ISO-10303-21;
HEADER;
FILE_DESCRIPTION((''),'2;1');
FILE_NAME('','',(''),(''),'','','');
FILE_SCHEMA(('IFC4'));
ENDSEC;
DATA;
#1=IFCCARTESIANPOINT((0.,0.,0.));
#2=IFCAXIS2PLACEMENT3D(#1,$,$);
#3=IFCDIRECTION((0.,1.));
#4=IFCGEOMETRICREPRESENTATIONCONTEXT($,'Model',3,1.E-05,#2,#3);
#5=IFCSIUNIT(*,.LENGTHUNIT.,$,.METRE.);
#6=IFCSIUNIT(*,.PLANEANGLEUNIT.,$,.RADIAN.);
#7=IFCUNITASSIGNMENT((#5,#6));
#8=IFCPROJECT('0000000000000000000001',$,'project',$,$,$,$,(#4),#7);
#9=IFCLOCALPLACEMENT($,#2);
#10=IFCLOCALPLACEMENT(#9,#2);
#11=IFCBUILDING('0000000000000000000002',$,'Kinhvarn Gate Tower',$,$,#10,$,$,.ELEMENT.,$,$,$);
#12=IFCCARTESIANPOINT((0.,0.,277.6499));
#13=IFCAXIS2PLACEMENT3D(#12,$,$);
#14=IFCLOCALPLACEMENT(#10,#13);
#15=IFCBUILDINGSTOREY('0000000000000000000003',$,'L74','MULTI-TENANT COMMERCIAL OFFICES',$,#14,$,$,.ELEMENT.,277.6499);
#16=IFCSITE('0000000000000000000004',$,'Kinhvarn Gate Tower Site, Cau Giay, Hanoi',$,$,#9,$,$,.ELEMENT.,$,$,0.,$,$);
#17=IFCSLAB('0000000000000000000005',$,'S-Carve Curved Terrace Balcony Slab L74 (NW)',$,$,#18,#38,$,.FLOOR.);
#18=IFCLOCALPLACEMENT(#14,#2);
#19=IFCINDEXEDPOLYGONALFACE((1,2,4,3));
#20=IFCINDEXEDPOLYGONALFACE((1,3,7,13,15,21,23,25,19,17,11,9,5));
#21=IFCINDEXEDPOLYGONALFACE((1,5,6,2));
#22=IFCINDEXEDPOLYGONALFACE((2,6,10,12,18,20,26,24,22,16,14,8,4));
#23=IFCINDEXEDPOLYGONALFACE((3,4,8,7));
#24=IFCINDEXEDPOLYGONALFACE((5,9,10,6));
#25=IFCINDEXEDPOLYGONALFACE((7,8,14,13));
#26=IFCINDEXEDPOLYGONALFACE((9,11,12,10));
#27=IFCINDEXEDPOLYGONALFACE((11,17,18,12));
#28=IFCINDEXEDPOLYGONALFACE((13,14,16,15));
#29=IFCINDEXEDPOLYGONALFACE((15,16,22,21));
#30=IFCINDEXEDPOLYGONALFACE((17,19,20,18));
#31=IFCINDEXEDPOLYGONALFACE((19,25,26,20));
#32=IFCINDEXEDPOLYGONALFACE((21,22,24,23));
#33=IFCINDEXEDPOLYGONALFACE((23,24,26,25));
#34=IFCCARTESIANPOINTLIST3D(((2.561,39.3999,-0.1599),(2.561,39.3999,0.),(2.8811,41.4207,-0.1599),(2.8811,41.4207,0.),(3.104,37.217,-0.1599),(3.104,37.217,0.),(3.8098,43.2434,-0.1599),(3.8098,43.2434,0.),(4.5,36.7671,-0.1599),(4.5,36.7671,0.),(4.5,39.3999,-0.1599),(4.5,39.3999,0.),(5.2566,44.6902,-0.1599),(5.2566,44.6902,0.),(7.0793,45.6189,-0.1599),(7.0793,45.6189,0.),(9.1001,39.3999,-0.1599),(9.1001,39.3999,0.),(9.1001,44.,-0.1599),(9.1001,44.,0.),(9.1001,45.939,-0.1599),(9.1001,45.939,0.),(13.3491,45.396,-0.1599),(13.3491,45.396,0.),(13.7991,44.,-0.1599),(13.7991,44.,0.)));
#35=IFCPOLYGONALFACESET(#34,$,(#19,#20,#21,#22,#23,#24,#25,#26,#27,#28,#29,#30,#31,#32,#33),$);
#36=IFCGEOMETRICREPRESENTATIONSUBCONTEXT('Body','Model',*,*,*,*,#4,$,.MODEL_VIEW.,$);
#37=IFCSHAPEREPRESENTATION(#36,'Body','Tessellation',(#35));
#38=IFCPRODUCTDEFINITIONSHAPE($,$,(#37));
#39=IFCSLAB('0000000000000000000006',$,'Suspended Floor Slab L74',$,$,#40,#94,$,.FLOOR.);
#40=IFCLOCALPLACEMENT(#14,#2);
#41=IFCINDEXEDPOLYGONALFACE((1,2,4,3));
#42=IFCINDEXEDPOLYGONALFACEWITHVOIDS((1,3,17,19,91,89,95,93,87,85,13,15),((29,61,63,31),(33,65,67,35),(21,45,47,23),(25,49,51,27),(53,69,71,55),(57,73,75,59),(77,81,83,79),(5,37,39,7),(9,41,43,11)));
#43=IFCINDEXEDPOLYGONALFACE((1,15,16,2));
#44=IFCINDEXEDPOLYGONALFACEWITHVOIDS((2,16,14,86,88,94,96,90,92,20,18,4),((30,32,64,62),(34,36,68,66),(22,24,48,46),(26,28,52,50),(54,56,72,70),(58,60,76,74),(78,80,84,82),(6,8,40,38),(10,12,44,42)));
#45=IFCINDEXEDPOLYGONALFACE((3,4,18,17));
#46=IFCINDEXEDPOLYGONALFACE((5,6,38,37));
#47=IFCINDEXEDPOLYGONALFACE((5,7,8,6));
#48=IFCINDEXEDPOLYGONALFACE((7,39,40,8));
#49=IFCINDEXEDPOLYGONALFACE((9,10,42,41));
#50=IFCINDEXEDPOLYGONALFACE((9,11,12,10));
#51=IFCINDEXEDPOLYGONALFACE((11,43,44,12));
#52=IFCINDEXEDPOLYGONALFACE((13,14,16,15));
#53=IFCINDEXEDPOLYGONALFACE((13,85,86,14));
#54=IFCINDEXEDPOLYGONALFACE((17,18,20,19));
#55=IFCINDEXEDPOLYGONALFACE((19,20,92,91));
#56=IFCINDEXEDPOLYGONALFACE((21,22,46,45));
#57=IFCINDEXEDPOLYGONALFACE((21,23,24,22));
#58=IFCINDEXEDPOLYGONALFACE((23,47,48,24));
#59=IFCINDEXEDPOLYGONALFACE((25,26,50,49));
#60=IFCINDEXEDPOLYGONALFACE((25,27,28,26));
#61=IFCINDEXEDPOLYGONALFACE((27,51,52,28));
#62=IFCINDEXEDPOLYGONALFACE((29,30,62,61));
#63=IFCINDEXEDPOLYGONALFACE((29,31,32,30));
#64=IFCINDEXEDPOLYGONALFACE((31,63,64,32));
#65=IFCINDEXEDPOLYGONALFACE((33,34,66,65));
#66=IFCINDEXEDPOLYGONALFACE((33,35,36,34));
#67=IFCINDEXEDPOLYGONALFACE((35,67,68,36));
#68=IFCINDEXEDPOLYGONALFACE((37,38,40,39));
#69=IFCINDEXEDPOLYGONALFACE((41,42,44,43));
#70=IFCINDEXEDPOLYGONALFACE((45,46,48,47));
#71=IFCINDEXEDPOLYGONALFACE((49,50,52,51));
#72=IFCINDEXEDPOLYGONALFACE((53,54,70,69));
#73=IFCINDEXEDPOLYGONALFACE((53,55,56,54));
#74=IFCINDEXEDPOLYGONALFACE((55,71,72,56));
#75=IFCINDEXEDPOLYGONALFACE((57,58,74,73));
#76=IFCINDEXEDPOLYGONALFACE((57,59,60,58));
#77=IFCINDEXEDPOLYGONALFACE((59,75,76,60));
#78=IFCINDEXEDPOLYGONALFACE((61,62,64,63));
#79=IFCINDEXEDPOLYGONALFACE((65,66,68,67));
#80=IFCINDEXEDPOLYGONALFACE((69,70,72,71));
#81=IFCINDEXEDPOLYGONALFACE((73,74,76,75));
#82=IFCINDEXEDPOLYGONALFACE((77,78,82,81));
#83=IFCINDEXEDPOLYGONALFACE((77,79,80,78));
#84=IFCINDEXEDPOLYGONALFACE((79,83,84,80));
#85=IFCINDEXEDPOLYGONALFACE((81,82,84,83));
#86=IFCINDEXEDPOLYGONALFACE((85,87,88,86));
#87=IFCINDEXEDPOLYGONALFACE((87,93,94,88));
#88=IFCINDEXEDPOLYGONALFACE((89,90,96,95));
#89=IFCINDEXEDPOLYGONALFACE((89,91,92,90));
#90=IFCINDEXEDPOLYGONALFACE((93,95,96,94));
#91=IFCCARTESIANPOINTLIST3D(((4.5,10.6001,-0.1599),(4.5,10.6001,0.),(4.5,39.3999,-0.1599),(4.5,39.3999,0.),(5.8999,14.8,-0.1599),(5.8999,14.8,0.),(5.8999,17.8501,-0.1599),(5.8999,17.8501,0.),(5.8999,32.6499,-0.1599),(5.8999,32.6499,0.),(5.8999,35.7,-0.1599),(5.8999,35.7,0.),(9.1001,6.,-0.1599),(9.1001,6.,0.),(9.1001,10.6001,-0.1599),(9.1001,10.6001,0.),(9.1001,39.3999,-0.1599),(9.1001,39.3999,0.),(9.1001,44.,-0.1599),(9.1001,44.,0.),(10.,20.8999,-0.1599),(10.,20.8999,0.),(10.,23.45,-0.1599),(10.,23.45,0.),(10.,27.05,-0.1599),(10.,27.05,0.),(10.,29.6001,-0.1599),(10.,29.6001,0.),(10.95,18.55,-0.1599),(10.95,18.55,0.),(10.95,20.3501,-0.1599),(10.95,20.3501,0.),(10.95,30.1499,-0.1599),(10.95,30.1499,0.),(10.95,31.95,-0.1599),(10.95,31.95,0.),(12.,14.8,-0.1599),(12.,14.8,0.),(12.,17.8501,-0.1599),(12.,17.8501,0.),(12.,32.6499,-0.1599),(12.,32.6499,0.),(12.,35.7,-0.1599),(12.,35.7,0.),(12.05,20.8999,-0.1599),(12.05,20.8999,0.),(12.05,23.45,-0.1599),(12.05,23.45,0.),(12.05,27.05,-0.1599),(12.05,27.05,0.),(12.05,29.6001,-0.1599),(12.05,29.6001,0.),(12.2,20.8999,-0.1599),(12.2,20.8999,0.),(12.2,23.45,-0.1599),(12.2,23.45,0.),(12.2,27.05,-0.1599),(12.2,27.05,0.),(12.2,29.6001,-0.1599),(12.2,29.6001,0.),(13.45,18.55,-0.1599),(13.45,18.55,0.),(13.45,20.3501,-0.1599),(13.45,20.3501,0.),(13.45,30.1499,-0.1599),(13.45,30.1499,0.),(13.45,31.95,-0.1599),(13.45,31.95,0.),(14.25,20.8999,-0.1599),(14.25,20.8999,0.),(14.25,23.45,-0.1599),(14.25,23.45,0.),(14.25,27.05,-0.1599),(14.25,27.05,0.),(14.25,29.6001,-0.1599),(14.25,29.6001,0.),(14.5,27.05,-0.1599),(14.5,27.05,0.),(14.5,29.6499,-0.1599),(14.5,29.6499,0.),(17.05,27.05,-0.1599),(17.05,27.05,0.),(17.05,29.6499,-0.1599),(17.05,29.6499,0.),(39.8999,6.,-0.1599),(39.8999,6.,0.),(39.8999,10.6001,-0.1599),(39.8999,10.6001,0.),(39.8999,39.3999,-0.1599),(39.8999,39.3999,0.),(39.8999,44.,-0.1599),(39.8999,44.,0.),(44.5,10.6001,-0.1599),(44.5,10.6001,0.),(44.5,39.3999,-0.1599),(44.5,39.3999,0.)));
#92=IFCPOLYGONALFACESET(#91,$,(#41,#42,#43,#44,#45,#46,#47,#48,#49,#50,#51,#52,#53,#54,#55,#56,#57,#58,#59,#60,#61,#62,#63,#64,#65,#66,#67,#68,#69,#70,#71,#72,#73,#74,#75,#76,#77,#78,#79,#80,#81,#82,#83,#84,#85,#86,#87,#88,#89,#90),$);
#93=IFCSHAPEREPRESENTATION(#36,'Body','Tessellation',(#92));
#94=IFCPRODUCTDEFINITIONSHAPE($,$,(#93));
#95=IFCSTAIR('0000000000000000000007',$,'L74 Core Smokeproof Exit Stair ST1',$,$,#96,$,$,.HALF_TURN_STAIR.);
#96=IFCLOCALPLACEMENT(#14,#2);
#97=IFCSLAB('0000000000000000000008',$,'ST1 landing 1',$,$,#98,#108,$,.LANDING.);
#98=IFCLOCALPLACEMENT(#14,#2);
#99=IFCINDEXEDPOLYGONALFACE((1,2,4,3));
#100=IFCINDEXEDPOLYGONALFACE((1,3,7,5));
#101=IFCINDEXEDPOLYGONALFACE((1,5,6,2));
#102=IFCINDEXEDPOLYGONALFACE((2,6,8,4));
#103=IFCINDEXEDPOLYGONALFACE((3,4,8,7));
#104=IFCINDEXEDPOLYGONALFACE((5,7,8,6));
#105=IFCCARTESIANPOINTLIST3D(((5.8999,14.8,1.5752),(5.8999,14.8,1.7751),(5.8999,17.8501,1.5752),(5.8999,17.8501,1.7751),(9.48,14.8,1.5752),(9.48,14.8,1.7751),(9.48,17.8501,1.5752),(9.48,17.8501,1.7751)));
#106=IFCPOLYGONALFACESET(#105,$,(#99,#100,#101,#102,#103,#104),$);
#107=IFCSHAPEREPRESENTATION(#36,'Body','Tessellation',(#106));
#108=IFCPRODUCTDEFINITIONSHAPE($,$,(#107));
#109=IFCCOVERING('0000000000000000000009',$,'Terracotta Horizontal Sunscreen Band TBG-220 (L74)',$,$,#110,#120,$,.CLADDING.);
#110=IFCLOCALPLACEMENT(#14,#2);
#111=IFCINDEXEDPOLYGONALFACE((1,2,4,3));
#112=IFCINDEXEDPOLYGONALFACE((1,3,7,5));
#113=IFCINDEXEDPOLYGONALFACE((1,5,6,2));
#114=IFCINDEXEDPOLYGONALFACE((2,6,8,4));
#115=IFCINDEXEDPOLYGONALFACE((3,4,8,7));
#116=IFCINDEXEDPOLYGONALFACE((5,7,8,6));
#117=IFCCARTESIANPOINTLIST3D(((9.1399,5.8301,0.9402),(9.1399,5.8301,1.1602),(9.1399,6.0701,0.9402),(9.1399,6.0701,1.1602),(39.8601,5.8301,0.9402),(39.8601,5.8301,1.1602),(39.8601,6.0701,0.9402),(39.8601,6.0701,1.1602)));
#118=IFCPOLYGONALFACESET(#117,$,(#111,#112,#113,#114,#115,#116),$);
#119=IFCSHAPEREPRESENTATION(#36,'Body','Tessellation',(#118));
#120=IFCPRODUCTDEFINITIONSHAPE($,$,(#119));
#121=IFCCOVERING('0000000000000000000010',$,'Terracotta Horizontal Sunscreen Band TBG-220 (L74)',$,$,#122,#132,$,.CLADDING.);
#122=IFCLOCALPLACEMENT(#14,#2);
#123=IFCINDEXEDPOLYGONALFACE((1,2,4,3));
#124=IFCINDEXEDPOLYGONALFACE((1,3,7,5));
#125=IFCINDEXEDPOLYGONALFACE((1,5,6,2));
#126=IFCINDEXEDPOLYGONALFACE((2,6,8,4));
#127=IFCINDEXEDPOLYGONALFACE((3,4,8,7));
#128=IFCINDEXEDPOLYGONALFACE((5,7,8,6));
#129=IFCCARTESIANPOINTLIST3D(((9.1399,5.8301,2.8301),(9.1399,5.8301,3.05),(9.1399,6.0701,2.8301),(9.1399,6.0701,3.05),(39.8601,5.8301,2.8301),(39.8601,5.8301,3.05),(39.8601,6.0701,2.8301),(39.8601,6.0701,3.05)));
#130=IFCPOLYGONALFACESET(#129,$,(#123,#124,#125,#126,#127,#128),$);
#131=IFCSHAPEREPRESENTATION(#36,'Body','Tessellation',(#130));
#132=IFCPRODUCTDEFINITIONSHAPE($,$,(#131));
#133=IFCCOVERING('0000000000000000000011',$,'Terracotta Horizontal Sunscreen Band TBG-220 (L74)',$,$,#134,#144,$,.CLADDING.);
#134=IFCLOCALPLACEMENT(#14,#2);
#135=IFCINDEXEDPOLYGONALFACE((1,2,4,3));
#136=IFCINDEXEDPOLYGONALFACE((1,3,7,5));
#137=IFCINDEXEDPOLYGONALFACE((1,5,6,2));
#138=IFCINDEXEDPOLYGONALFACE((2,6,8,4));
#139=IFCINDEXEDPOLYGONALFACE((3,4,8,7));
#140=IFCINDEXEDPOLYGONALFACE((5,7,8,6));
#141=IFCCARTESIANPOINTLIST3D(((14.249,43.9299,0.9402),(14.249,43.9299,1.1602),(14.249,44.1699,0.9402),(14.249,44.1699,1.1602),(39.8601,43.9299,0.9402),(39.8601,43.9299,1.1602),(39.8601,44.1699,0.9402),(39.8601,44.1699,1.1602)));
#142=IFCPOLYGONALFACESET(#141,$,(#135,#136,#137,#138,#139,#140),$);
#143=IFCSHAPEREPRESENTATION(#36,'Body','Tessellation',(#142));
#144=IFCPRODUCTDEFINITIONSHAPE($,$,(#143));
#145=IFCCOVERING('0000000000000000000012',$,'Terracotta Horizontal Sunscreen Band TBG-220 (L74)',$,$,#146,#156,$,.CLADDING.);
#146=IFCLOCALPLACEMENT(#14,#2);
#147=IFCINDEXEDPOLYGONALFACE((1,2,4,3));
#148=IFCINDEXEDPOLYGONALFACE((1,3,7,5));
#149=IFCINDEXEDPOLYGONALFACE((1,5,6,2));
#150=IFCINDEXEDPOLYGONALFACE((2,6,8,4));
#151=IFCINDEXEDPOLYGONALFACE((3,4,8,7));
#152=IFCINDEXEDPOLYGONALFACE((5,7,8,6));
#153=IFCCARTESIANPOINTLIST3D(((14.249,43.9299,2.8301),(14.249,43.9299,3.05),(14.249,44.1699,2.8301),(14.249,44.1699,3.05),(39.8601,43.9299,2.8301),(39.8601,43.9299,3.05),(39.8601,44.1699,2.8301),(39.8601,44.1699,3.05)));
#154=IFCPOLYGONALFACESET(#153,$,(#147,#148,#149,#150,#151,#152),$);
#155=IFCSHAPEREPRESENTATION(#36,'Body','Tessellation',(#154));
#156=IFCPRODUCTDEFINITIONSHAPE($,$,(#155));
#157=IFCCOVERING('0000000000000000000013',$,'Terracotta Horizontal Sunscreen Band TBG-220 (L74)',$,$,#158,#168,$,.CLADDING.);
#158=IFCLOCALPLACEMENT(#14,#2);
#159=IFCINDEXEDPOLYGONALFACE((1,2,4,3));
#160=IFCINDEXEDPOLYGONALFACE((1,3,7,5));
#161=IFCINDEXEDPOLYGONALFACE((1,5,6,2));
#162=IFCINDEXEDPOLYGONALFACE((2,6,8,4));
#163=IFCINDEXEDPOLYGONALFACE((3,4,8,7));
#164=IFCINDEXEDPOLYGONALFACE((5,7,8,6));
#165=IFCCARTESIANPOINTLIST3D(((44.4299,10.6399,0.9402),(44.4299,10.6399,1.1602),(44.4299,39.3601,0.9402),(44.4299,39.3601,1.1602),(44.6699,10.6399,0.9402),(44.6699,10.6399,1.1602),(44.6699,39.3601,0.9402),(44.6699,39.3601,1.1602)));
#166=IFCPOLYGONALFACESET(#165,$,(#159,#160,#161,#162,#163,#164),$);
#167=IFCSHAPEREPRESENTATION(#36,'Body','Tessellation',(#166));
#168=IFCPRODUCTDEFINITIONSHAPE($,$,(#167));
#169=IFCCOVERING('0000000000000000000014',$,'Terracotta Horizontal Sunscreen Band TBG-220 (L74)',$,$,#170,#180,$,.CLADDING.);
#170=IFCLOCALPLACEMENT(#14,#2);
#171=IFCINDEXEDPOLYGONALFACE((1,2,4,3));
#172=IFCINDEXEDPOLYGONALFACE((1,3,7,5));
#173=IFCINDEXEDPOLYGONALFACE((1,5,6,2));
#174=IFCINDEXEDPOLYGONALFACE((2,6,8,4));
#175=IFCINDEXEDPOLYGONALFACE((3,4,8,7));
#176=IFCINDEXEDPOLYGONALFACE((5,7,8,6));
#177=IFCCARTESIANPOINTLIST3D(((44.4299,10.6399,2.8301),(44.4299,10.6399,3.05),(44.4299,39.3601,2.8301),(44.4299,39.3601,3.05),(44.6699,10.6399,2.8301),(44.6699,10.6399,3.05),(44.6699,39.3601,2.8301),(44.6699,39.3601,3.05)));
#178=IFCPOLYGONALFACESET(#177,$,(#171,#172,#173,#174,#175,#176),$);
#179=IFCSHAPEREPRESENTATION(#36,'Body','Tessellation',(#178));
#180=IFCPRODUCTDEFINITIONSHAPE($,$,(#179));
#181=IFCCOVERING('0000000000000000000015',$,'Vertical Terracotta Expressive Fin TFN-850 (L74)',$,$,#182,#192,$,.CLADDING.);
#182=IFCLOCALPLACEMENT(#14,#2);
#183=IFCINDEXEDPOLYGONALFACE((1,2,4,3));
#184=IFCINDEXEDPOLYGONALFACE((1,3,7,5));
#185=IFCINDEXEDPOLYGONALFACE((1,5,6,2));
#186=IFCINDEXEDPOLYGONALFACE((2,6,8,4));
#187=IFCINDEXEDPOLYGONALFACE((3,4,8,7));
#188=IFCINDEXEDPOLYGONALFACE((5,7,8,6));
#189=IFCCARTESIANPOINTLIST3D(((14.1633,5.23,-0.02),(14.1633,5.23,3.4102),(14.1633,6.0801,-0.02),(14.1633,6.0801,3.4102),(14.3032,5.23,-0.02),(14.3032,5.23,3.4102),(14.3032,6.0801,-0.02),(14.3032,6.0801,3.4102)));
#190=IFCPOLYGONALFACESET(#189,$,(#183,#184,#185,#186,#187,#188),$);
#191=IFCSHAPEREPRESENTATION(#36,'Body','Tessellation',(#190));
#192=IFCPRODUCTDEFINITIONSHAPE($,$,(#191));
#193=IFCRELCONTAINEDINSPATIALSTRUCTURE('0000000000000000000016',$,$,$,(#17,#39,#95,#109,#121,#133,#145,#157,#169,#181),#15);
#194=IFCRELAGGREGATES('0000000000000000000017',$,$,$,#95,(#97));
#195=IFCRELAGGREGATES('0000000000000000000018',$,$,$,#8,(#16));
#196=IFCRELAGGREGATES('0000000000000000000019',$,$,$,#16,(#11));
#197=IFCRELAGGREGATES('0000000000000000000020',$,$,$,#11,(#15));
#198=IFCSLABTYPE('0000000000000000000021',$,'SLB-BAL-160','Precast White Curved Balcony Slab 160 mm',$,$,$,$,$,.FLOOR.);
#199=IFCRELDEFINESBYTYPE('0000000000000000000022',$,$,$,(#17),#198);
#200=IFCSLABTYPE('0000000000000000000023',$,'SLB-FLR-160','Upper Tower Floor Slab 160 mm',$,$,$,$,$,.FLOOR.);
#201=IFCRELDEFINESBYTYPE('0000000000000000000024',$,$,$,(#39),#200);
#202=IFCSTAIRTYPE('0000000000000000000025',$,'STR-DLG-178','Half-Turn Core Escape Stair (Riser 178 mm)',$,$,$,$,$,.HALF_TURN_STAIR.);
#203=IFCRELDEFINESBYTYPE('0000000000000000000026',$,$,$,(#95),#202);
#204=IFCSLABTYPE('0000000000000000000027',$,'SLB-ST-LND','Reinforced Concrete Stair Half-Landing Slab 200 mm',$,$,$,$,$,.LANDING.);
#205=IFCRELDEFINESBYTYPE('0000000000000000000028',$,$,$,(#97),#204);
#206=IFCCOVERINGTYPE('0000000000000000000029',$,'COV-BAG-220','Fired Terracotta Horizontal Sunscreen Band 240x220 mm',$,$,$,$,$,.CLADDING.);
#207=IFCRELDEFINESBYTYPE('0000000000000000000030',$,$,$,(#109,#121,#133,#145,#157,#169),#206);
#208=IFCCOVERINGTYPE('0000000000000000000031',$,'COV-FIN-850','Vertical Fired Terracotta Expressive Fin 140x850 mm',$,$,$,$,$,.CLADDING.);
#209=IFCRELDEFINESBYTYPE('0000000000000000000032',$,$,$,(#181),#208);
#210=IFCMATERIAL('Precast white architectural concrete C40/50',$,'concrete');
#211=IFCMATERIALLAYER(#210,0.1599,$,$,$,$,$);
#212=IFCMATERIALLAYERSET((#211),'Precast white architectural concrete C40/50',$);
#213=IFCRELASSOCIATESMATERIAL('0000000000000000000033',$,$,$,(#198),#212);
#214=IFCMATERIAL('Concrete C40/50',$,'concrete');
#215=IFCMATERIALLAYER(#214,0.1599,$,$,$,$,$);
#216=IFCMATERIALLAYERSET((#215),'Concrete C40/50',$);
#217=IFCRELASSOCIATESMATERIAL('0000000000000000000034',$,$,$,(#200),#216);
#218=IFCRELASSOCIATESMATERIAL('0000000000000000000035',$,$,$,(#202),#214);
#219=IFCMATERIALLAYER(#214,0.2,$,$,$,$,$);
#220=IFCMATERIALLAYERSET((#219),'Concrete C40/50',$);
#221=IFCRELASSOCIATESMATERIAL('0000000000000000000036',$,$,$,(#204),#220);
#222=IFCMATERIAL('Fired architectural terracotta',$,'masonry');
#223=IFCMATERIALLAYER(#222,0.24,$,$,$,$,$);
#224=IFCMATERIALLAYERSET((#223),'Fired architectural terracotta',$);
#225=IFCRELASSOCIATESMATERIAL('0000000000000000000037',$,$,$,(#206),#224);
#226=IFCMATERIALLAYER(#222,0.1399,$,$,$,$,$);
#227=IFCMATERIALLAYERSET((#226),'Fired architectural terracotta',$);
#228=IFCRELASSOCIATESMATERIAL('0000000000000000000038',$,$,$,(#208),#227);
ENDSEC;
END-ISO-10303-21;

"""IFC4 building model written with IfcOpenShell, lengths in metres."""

from ifc_helpers import new_model, si_unit, direction, frame, origin, place, context, subcontext, project, spatial, polyline, outline, extrude, material, layer, layer_set, type_object, element, aggregate, save


model = new_model("IFC4")

# Units and contexts
model_context = context("Model", 3, precision=1e-05, world=origin(), true_north=direction((0.0, 1.0)))
body_context = subcontext(model_context, "Body", "Model", "MODEL_VIEW")
ifc_project = project(units=[si_unit("LENGTHUNIT", "METRE"), si_unit("PLANEANGLEUNIT", "RADIAN")], contexts=[model_context])

# Site, building, storey
site_placement = place(None, origin())
site = spatial("IfcSite", under=ifc_project, at=site_placement, Name="Kinhvarn Gate Tower Site, Cau Giay, Hanoi", CompositionType="ELEMENT", RefElevation=0.0)
building_placement = place(site_placement, origin())
building = spatial("IfcBuilding", under=site, at=building_placement, Name="Kinhvarn Gate Tower", CompositionType="ELEMENT")
storey_placement = place(building_placement, frame((0.0, 0.0, 277.6499)))
storey = spatial("IfcBuildingStorey", under=building, at=storey_placement, Name="L74", Description="MULTI-TENANT COMMERCIAL OFFICES", CompositionType="ELEMENT", Elevation=277.6499)

# Slabs
ifc_material_1 = material(Name="Precast white architectural concrete C40/50", Category="concrete")
ifc_layer_1 = layer(ifc_material_1, 0.1599)
ifc_layer_set_1 = layer_set([ifc_layer_1], Name="Precast white architectural concrete C40/50")
slab_type_1 = type_object("IfcSlabType", Name="SLB-BAL-160", Description="Precast White Curved Balcony Slab 160 mm", PredefinedType="FLOOR", material=ifc_layer_set_1)
slab_1_placement = place(storey_placement, frame((0.0, 0.0, -0.1599)))
element("IfcSlab", 1, at=slab_1_placement, inside=storey, type_object=slab_type_1, Name="S-Carve Curved Terrace Balcony Slab L74 (NW)", PredefinedType="FLOOR", context=body_context, shape_type="SweptSolid", body=[
    extrude(outline(polyline([(13.7991, 44.0), (13.3491, 45.396), (9.1001, 45.939), (7.0793, 45.6189), (5.2566, 44.6902), (3.8098, 43.2434), (2.8811, 41.4207), (2.561, 39.3999), (3.104, 37.217), (4.5, 36.7671), (4.5, 39.3999), (9.1001, 39.3999), (9.1001, 44.0), (13.7991, 44.0)])), origin(), (0.0, 0.0, 1.0), 0.1599),
])
ifc_material_2 = material(Name="Concrete C40/50", Category="concrete")
ifc_layer_2 = layer(ifc_material_2, 0.1599)
ifc_layer_set_2 = layer_set([ifc_layer_2], Name="Concrete C40/50")
slab_type_2 = type_object("IfcSlabType", Name="SLB-FLR-160", Description="Upper Tower Floor Slab 160 mm", PredefinedType="FLOOR", material=ifc_layer_set_2)
slab_2_placement = place(storey_placement, frame((0.0, 0.0, -0.1599)))
element("IfcSlab", 2, at=slab_2_placement, inside=storey, type_object=slab_type_2, Name="Suspended Floor Slab L74", PredefinedType="FLOOR", context=body_context, shape_type="SweptSolid", body=[
    extrude(outline(polyline([(9.1001, 6.0), (39.8999, 6.0), (39.8999, 10.6001), (44.5, 10.6001), (44.5, 39.3999), (39.8999, 39.3999), (39.8999, 44.0), (9.1001, 44.0), (9.1001, 39.3999), (4.5, 39.3999), (4.5, 10.6001), (9.1001, 10.6001), (9.1001, 6.0)]), holes=[polyline([(5.8999, 14.8), (12.0, 14.8), (12.0, 17.8501), (5.8999, 17.8501), (5.8999, 14.8)]), polyline([(5.8999, 32.6499), (12.0, 32.6499), (12.0, 35.7), (5.8999, 35.7), (5.8999, 32.6499)]), polyline([(10.0, 20.8999), (12.05, 20.8999), (12.05, 23.45), (10.0, 23.45), (10.0, 20.8999)]), polyline([(12.2, 20.8999), (14.25, 20.8999), (14.25, 23.45), (12.2, 23.45), (12.2, 20.8999)]), polyline([(10.0, 27.05), (12.05, 27.05), (12.05, 29.6001), (10.0, 29.6001), (10.0, 27.05)]), polyline([(12.2, 27.05), (14.25, 27.05), (14.25, 29.6001), (12.2, 29.6001), (12.2, 27.05)]), polyline([(14.5, 27.05), (17.05, 27.05), (17.05, 29.6499), (14.5, 29.6499), (14.5, 27.05)]), polyline([(10.95, 18.55), (13.45, 18.55), (13.45, 20.3501), (10.95, 20.3501), (10.95, 18.55)]), polyline([(10.95, 30.1499), (13.45, 30.1499), (13.45, 31.95), (10.95, 31.95), (10.95, 30.1499)])]), origin(), (0.0, 0.0, 1.0), 0.1599),
])

# Stair, slab
stair_type = type_object("IfcStairType", Name="STR-DLG-178", Description="Half-Turn Core Escape Stair (Riser 178 mm)", PredefinedType="HALF_TURN_STAIR", material=ifc_material_2)
stair_placement = place(storey_placement, origin())
stair = element("IfcStair", 3, at=stair_placement, inside=storey, type_object=stair_type, Name="L74 Core Smokeproof Exit Stair ST1", PredefinedType="HALF_TURN_STAIR")
ifc_layer_3 = layer(ifc_material_2, 0.2)
ifc_layer_set_3 = layer_set([ifc_layer_3], Name="Concrete C40/50")
slab_type_3 = type_object("IfcSlabType", Name="SLB-ST-LND", Description="Reinforced Concrete Stair Half-Landing Slab 200 mm", PredefinedType="LANDING", material=ifc_layer_set_3)
slab_3_placement = place(storey_placement, frame((0.0, 0.0, 1.5752)))
slab_3 = element("IfcSlab", 4, at=slab_3_placement, type_object=slab_type_3, Name="ST1 landing 1", PredefinedType="LANDING", context=body_context, shape_type="SweptSolid", body=[
    extrude(outline(polyline([(9.48, 17.8501), (5.8999, 17.8501), (5.8999, 14.8), (9.48, 14.8), (9.48, 17.8501)])), origin(), (0.0, 0.0, 1.0), 0.2),
])
aggregate(stair, [slab_3])

# Coverings
ifc_material_3 = material(Name="Fired architectural terracotta", Category="masonry")
ifc_layer_4 = layer(ifc_material_3, 0.24)
ifc_layer_set_4 = layer_set([ifc_layer_4], Name="Fired architectural terracotta")
covering_type_1 = type_object("IfcCoveringType", Name="COV-BAG-220", Description="Fired Terracotta Horizontal Sunscreen Band 240x220 mm", PredefinedType="CLADDING", material=ifc_layer_set_4)
for number, where, name in (
    (5, (0.0, 0.0, 0.9402), "Terracotta Horizontal Sunscreen Band TBG-220 (L74)"),
    (6, (0.0, 0.0, 2.8301), "Terracotta Horizontal Sunscreen Band TBG-220 (L74)"),
):
    element("IfcCovering", number, at=place(storey_placement, frame(where)), inside=storey, type_object=covering_type_1, Name=name, PredefinedType="CLADDING", context=body_context, shape_type="SweptSolid", body=[
        extrude(outline(polyline([(9.1399, 6.0701), (39.8601, 6.0701), (39.8601, 5.8301), (9.1399, 5.8301), (9.1399, 6.0701)])), origin(), (0.0, 0.0, 1.0), 0.22),
    ])
for number, where, name in (
    (7, (0.0, 0.0, 0.9402), "Terracotta Horizontal Sunscreen Band TBG-220 (L74)"),
    (8, (0.0, 0.0, 2.8301), "Terracotta Horizontal Sunscreen Band TBG-220 (L74)"),
):
    element("IfcCovering", number, at=place(storey_placement, frame(where)), inside=storey, type_object=covering_type_1, Name=name, PredefinedType="CLADDING", context=body_context, shape_type="SweptSolid", body=[
        extrude(outline(polyline([(39.8601, 43.9299), (14.249, 43.9299), (14.249, 44.1699), (39.8601, 44.1699), (39.8601, 43.9299)])), origin(), (0.0, 0.0, 1.0), 0.22),
    ])
for number, where, name in (
    (9, (0.0, 0.0, 0.9402), "Terracotta Horizontal Sunscreen Band TBG-220 (L74)"),
    (10, (0.0, 0.0, 2.8301), "Terracotta Horizontal Sunscreen Band TBG-220 (L74)"),
):
    element("IfcCovering", number, at=place(storey_placement, frame(where)), inside=storey, type_object=covering_type_1, Name=name, PredefinedType="CLADDING", context=body_context, shape_type="SweptSolid", body=[
        extrude(outline(polyline([(44.4299, 10.6399), (44.4299, 39.3601), (44.6699, 39.3601), (44.6699, 10.6399), (44.4299, 10.6399)])), origin(), (0.0, 0.0, 1.0), 0.22),
    ])
ifc_layer_5 = layer(ifc_material_3, 0.1399)
ifc_layer_set_5 = layer_set([ifc_layer_5], Name="Fired architectural terracotta")
covering_type_2 = type_object("IfcCoveringType", Name="COV-FIN-850", Description="Vertical Fired Terracotta Expressive Fin 140x850 mm", PredefinedType="CLADDING", material=ifc_layer_set_5)
covering_1_placement = place(storey_placement, frame((0.0, 0.0, -0.02)))
element("IfcCovering", 11, at=covering_1_placement, inside=storey, type_object=covering_type_2, Name="Vertical Terracotta Expressive Fin TFN-850 (L74)", PredefinedType="CLADDING", context=body_context, shape_type="SweptSolid", body=[
    extrude(outline(polyline([(14.1633, 6.0801), (14.3032, 6.0801), (14.3032, 5.23), (14.1633, 5.23), (14.1633, 6.0801)])), origin(), (0.0, 0.0, 1.0), 3.4302),
])

save(model, "model.ifc")
